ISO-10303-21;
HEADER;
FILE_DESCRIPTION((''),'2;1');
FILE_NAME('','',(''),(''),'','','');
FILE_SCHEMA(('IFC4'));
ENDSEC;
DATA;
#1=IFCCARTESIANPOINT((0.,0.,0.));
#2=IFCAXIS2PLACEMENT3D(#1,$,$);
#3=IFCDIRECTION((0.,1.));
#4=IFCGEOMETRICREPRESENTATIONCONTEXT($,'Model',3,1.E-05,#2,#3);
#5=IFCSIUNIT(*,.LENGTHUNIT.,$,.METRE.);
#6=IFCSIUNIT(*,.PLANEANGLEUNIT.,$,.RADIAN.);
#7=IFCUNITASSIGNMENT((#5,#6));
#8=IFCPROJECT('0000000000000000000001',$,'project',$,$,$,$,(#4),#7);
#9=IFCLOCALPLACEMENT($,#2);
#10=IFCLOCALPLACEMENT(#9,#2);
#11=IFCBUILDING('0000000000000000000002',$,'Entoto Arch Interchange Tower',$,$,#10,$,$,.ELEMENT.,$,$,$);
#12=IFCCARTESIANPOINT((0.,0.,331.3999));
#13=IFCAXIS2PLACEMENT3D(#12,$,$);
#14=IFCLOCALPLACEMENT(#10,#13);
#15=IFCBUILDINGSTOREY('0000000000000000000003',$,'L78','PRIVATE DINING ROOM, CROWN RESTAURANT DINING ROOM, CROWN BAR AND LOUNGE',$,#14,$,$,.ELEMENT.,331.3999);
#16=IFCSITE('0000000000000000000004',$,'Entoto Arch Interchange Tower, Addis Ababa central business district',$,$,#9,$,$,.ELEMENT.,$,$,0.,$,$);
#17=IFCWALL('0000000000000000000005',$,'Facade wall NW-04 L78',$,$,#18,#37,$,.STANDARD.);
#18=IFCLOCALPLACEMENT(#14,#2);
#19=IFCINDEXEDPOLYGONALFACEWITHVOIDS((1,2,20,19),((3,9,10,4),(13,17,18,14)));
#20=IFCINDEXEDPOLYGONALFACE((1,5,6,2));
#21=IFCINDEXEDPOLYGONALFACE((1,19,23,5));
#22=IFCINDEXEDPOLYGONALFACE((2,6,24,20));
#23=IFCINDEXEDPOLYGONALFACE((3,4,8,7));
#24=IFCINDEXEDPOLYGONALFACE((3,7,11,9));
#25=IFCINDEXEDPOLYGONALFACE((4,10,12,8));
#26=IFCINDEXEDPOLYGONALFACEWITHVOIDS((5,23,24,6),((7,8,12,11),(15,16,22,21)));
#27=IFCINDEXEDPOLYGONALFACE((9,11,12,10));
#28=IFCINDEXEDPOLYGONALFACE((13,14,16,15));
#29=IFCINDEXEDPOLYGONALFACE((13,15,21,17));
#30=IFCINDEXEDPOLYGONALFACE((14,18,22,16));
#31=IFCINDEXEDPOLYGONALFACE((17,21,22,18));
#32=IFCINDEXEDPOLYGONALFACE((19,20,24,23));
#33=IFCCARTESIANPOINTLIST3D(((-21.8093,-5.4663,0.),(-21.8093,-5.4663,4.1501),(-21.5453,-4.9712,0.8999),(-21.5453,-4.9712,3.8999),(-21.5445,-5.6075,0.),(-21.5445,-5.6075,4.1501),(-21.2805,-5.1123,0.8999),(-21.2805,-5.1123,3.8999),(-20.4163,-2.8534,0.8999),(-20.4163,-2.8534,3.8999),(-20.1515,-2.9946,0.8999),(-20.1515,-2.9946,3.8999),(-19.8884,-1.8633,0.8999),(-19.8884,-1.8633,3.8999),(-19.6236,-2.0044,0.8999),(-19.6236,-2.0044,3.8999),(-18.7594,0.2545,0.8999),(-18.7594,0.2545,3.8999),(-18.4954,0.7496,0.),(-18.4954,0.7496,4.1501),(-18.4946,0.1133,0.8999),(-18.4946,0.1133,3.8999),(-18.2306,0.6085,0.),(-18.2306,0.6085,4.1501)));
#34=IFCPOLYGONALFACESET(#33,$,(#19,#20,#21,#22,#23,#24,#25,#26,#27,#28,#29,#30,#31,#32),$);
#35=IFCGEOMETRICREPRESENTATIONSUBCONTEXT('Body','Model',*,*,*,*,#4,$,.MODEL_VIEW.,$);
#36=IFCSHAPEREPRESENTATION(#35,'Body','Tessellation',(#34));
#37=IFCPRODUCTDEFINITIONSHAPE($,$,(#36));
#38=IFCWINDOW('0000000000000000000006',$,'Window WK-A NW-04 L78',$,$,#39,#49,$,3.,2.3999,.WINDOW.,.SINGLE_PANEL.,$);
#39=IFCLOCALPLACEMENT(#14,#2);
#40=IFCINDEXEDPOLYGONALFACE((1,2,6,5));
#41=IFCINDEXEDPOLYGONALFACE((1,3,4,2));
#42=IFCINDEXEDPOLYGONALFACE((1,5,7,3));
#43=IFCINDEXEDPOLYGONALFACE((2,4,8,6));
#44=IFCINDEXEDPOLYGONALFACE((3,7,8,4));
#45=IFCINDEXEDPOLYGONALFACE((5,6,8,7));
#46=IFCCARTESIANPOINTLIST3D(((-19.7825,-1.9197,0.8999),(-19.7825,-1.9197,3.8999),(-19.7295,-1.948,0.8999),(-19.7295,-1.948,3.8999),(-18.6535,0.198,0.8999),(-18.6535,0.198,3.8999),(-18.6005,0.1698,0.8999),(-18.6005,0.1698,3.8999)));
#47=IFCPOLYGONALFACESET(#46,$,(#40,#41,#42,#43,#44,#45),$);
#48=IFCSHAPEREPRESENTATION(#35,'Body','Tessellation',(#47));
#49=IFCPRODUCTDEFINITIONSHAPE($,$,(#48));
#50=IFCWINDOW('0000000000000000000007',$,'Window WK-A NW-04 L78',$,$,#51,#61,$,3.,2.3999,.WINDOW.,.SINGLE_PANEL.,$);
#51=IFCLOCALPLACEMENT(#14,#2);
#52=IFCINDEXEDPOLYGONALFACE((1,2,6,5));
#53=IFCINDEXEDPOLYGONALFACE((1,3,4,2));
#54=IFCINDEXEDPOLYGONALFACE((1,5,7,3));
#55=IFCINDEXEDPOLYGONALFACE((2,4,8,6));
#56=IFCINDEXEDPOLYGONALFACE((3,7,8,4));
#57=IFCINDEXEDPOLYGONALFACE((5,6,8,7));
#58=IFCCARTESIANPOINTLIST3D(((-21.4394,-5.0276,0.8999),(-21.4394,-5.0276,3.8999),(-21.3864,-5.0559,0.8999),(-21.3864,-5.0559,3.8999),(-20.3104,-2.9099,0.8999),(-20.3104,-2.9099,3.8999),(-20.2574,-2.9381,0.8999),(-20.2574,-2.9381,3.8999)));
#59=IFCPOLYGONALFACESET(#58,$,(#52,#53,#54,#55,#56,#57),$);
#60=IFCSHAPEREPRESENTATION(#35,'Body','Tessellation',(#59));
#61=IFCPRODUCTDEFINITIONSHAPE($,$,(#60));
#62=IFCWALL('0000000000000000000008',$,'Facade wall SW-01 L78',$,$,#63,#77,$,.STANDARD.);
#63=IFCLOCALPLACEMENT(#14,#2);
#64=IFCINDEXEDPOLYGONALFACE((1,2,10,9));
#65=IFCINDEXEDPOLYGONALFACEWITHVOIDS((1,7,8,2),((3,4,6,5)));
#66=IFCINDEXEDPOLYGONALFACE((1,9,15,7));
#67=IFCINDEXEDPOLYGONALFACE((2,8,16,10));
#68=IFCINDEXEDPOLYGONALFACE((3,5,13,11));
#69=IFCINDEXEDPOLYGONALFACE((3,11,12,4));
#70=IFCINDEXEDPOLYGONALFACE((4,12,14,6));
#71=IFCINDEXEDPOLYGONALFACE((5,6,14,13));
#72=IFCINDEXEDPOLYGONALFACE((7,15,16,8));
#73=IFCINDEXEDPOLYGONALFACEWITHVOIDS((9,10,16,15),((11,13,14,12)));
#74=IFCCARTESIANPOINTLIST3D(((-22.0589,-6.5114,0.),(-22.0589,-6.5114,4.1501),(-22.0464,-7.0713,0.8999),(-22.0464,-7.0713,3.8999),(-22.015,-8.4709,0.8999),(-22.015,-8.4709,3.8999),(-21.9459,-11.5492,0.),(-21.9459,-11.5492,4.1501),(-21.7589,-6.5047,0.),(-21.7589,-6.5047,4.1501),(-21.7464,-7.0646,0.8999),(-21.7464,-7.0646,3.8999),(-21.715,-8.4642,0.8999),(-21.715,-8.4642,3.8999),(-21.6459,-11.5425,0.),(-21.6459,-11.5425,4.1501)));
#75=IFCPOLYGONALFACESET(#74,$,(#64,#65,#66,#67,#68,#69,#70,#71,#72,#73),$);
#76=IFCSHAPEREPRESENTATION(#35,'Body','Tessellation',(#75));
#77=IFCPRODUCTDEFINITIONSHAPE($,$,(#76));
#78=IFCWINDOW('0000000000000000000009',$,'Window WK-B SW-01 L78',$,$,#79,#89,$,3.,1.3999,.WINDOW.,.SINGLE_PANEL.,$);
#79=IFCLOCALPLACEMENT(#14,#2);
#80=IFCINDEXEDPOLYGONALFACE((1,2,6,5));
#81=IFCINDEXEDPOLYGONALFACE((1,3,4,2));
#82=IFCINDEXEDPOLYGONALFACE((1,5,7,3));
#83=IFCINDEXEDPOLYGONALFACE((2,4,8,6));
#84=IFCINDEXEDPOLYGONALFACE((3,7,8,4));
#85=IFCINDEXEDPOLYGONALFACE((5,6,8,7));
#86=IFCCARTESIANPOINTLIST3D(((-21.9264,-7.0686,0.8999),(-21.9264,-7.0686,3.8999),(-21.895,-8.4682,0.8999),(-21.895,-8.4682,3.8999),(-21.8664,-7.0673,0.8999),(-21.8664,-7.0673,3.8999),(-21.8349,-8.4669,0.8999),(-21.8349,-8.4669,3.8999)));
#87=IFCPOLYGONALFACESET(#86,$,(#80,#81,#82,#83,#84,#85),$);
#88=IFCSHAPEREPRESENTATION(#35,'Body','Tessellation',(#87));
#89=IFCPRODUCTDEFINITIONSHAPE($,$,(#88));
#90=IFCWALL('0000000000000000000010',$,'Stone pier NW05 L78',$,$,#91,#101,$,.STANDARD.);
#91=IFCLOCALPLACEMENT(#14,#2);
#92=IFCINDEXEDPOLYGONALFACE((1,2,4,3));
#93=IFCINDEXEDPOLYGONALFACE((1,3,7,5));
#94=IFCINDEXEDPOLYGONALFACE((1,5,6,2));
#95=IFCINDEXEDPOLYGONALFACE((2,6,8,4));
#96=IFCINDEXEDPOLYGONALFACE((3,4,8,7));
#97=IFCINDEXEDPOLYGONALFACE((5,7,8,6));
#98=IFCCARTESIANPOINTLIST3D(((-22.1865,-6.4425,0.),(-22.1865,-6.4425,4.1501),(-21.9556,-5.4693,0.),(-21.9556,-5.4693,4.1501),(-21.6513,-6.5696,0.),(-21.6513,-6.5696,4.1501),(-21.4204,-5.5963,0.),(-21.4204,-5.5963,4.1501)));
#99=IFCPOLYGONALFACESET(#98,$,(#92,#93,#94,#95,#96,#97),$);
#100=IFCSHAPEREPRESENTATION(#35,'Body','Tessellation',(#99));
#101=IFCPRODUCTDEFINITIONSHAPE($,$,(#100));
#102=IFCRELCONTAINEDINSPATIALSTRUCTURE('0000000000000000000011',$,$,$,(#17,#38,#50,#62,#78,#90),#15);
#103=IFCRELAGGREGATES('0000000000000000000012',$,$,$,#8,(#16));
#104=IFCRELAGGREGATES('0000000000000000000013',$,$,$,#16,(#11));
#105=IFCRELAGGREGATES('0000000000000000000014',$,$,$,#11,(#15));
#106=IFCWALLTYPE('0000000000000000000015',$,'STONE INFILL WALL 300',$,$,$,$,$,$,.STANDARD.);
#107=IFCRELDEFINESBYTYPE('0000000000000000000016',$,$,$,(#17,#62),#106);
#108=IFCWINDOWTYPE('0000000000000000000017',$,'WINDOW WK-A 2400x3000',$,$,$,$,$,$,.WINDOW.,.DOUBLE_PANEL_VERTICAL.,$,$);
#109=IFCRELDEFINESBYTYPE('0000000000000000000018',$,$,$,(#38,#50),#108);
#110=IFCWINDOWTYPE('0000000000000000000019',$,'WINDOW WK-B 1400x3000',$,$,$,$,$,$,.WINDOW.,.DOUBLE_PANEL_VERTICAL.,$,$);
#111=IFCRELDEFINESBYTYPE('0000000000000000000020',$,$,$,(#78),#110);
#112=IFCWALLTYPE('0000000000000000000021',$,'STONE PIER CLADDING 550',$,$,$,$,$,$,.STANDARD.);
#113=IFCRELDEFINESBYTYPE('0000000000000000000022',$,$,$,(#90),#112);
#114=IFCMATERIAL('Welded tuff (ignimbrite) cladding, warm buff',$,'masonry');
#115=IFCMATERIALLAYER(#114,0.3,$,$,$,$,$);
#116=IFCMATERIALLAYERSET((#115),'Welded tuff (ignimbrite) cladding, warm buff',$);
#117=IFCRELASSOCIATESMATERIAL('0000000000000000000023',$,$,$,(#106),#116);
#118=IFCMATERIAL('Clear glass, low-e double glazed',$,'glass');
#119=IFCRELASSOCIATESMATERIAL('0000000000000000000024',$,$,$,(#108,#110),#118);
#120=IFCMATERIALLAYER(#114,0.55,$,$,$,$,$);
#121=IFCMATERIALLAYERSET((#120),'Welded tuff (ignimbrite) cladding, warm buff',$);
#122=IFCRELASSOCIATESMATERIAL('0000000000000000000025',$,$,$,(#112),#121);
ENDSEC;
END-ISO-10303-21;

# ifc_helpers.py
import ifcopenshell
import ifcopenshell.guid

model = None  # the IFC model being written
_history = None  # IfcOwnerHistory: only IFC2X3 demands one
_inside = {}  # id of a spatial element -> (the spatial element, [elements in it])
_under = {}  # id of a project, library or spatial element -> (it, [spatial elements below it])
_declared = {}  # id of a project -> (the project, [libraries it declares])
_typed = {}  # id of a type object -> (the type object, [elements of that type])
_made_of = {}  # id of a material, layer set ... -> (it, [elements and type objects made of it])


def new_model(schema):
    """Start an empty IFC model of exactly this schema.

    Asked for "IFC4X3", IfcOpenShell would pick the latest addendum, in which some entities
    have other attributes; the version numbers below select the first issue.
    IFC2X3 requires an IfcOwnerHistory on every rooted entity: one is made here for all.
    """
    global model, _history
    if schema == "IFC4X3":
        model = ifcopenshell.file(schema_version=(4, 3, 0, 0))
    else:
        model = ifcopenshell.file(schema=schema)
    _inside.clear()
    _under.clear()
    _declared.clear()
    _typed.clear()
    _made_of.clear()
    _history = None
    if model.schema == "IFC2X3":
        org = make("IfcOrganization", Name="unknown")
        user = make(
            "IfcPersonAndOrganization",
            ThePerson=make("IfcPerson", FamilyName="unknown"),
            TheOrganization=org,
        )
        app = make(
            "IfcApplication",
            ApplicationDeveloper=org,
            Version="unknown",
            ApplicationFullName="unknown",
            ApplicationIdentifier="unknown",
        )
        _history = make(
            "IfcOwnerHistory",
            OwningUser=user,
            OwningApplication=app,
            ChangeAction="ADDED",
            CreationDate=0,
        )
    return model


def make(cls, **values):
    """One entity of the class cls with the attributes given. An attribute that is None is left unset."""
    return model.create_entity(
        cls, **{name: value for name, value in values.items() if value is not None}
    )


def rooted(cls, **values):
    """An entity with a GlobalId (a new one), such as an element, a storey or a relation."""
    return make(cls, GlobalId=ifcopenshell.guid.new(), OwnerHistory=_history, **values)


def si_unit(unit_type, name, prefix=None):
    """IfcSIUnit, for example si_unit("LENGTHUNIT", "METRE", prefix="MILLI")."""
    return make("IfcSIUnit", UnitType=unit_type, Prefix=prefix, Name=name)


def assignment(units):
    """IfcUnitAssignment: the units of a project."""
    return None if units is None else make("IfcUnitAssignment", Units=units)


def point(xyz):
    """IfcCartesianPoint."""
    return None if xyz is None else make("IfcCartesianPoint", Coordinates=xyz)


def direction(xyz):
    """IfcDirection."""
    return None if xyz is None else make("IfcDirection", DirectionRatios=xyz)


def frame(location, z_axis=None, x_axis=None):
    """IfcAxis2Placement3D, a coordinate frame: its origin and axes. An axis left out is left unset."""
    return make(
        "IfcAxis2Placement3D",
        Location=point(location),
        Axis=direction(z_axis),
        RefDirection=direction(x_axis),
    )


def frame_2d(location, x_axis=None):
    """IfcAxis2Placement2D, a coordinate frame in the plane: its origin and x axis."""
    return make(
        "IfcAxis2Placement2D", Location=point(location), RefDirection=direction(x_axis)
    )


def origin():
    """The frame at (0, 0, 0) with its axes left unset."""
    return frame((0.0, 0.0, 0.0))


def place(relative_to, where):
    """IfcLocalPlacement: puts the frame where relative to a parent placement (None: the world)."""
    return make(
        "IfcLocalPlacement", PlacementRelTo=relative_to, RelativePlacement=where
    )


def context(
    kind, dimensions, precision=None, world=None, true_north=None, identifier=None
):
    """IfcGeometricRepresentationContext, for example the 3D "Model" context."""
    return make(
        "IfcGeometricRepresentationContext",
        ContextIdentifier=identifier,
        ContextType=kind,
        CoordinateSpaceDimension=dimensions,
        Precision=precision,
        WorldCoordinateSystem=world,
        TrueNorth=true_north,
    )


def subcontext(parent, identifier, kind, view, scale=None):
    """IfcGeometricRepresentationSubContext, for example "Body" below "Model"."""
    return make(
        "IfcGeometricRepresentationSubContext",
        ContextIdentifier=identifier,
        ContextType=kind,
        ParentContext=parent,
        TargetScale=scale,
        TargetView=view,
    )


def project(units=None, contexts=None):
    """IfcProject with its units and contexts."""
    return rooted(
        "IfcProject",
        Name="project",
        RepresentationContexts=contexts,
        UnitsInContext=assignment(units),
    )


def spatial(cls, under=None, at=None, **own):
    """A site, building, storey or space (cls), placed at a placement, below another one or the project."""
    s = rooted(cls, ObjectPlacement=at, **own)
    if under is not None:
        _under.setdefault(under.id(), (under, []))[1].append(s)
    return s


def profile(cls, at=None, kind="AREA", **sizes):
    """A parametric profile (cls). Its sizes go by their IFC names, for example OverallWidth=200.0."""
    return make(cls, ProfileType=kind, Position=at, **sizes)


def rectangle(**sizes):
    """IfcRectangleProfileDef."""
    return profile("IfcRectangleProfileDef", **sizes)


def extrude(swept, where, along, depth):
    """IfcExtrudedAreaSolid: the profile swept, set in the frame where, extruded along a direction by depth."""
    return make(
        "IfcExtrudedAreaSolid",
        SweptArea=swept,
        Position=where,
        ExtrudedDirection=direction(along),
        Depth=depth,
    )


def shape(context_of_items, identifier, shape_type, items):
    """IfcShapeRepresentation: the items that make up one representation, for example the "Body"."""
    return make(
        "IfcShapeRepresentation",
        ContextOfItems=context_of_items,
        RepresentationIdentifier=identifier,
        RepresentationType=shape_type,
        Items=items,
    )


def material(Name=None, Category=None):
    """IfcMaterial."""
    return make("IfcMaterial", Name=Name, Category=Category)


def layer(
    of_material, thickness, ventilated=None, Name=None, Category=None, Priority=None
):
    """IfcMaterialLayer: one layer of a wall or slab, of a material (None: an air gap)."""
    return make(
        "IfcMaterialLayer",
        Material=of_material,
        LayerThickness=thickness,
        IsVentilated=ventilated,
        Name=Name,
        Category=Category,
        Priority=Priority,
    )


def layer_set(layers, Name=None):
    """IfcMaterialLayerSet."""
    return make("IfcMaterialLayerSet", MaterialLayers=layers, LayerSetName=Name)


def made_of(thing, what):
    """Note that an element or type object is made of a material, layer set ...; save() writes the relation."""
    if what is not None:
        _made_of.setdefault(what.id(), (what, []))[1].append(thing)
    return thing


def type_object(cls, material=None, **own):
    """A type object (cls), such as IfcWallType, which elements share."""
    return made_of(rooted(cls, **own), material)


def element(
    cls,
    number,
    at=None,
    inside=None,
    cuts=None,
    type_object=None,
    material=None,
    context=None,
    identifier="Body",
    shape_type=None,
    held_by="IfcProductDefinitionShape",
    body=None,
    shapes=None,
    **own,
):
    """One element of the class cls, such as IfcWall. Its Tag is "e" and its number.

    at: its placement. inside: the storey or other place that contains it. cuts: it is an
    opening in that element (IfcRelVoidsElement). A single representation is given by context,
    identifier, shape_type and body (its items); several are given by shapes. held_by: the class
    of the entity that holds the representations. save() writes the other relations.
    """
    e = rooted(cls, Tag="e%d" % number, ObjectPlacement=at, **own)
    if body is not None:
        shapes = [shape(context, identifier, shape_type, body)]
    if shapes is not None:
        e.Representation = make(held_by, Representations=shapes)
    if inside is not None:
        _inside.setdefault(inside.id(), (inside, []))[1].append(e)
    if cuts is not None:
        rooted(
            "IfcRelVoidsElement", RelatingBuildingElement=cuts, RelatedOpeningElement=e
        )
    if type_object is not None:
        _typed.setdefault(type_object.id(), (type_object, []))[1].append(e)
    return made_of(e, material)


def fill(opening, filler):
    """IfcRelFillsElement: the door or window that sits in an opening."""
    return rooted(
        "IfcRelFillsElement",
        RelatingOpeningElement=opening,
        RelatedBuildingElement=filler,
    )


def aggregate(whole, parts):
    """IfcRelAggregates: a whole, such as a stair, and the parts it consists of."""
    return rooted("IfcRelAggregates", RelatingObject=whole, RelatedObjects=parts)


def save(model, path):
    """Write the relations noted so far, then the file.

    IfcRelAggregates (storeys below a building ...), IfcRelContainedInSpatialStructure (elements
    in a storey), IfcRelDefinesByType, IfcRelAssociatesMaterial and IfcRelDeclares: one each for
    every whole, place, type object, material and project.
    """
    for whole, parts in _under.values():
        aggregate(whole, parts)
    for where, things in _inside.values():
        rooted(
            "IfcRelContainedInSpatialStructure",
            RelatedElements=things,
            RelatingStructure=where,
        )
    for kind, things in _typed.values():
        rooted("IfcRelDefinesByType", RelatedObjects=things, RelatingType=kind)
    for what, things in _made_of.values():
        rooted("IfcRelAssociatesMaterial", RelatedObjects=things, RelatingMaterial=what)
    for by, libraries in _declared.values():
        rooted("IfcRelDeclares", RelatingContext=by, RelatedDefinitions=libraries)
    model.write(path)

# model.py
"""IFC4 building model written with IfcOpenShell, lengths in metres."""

from ifc_helpers import new_model, si_unit, direction, frame, frame_2d, origin, place, context, subcontext, project, spatial, rectangle, extrude, material, layer, layer_set, type_object, element, fill, save


model = new_model("IFC4")

# Units and contexts
model_context = context("Model", 3, precision=1e-05, world=origin(), true_north=direction((0.0, 1.0)))
body_context = subcontext(model_context, "Body", "Model", "MODEL_VIEW")
ifc_project = project(units=[si_unit("LENGTHUNIT", "METRE"), si_unit("PLANEANGLEUNIT", "RADIAN")], contexts=[model_context])

# Site, building, storey
site_placement = place(None, origin())
site = spatial("IfcSite", under=ifc_project, at=site_placement, Name="Entoto Arch Interchange Tower, Addis Ababa central business district", CompositionType="ELEMENT", RefElevation=0.0)
building_placement = place(site_placement, origin())
building = spatial("IfcBuilding", under=site, at=building_placement, Name="Entoto Arch Interchange Tower", CompositionType="ELEMENT")
storey_placement = place(building_placement, frame((0.0, 0.0, 331.3999)))
storey = spatial("IfcBuildingStorey", under=building, at=storey_placement, Name="L78", Description="PRIVATE DINING ROOM, CROWN RESTAURANT DINING ROOM, CROWN BAR AND LOUNGE", CompositionType="ELEMENT", Elevation=331.3999)

# Wall, openings, windows
ifc_material_1 = material(Name="Welded tuff (ignimbrite) cladding, warm buff", Category="masonry")
ifc_layer_1 = layer(ifc_material_1, 0.3)
ifc_layer_set_1 = layer_set([ifc_layer_1], Name="Welded tuff (ignimbrite) cladding, warm buff")
wall_type_1 = type_object("IfcWallType", Name="STONE INFILL WALL 300", PredefinedType="STANDARD", material=ifc_layer_set_1)
wall_1_placement = place(storey_placement, frame((-18.363, 0.679, 0.0), z_axis=(0.0, 0.0, 1.0), x_axis=(-0.470448, -0.882428, 0.0)))
wall_1 = element("IfcWall", 1, at=wall_1_placement, inside=storey, type_object=wall_type_1, Name="Facade wall NW-04 L78", PredefinedType="STANDARD", context=body_context, shape_type="SweptSolid", body=[
    extrude(rectangle(XDim=7.0442, YDim=0.3, at=frame_2d((3.522, 0.0))), origin(), (0.0, 0.0, 1.0), 4.1501),
])
opening_1_placement = place(wall_1_placement, frame((0.561, 0.0, 0.8999)))
opening_1 = element("IfcOpeningElement", 2, at=opening_1_placement, cuts=wall_1, PredefinedType="OPENING", context=body_context, shape_type="SweptSolid", body=[
    extrude(rectangle(XDim=2.3999, YDim=3.0, at=frame_2d((1.2, 1.5))), frame((0.0, 0.1602, 0.0), z_axis=(0.0, -1.0, 0.0), x_axis=(1.0, 0.0, 0.0)), (0.0, 0.0, 1.0), 0.3201),
])
opening_2_placement = place(wall_1_placement, frame((4.083, 0.0, 0.8999)))
opening_2 = element("IfcOpeningElement", 3, at=opening_2_placement, cuts=wall_1, PredefinedType="OPENING", context=body_context, shape_type="SweptSolid", body=[
    extrude(rectangle(XDim=2.3999, YDim=3.0, at=frame_2d((1.2, 1.5))), frame((0.0, 0.1602, 0.0), z_axis=(0.0, -1.0, 0.0), x_axis=(1.0, 0.0, 0.0)), (0.0, 0.0, 1.0), 0.3201),
])
ifc_material_2 = material(Name="Clear glass, low-e double glazed", Category="glass")
window_type_1 = type_object("IfcWindowType", Name="WINDOW WK-A 2400x3000", PartitioningType="DOUBLE_PANEL_VERTICAL", PredefinedType="WINDOW", material=ifc_material_2)
window_1_placement = place(opening_1_placement, origin())
window_1 = element("IfcWindow", 4, at=window_1_placement, inside=storey, type_object=window_type_1, Name="Window WK-A NW-04 L78", OverallHeight=3.0, OverallWidth=2.3999, PartitioningType="SINGLE_PANEL", PredefinedType="WINDOW", context=body_context, shape_type="SweptSolid", body=[
    extrude(rectangle(XDim=2.3999, YDim=3.0, at=frame_2d((1.2, 1.5))), frame((0.0, 0.03, 0.0), z_axis=(0.0, -1.0, 0.0), x_axis=(1.0, 0.0, 0.0)), (0.0, 0.0, 1.0), 0.0601),
])
fill(opening_1, window_1)
window_2_placement = place(opening_2_placement, origin())
window_2 = element("IfcWindow", 5, at=window_2_placement, inside=storey, type_object=window_type_1, Name="Window WK-A NW-04 L78", OverallHeight=3.0, OverallWidth=2.3999, PartitioningType="SINGLE_PANEL", PredefinedType="WINDOW", context=body_context, shape_type="SweptSolid", body=[
    extrude(rectangle(XDim=2.3999, YDim=3.0, at=frame_2d((1.2, 1.5))), frame((0.0, 0.03, 0.0), z_axis=(0.0, -1.0, 0.0), x_axis=(1.0, 0.0, 0.0)), (0.0, 0.0, 1.0), 0.0601),
])
fill(opening_2, window_2)

# Wall, opening, window
wall_2_placement = place(storey_placement, frame((-21.9089, -6.5081, 0.0), z_axis=(0.0, 0.0, 1.0), x_axis=(0.022432, -0.999748, 0.0)))
wall_2 = element("IfcWall", 6, at=wall_2_placement, inside=storey, type_object=wall_type_1, Name="Facade wall SW-01 L78", PredefinedType="STANDARD", context=body_context, shape_type="SweptSolid", body=[
    extrude(rectangle(XDim=5.0391, YDim=0.3, at=frame_2d((2.5195, 0.0))), origin(), (0.0, 0.0, 1.0), 4.1501),
])
opening_3_placement = place(wall_2_placement, frame((0.5601, 0.0, 0.8999)))
opening_3 = element("IfcOpeningElement", 7, at=opening_3_placement, cuts=wall_2, PredefinedType="OPENING", context=body_context, shape_type="SweptSolid", body=[
    extrude(rectangle(XDim=1.3999, YDim=3.0, at=frame_2d((0.7, 1.5))), frame((0.0, 0.1602, 0.0), z_axis=(0.0, -1.0, 0.0), x_axis=(1.0, 0.0, 0.0)), (0.0, 0.0, 1.0), 0.3201),
])
window_type_2 = type_object("IfcWindowType", Name="WINDOW WK-B 1400x3000", PartitioningType="DOUBLE_PANEL_VERTICAL", PredefinedType="WINDOW", material=ifc_material_2)
window_3_placement = place(opening_3_placement, origin())
window_3 = element("IfcWindow", 8, at=window_3_placement, inside=storey, type_object=window_type_2, Name="Window WK-B SW-01 L78", OverallHeight=3.0, OverallWidth=1.3999, PartitioningType="SINGLE_PANEL", PredefinedType="WINDOW", context=body_context, shape_type="SweptSolid", body=[
    extrude(rectangle(XDim=1.3999, YDim=3.0, at=frame_2d((0.7, 1.5))), frame((0.0, 0.03, 0.0), z_axis=(0.0, -1.0, 0.0), x_axis=(1.0, 0.0, 0.0)), (0.0, 0.0, 1.0), 0.0601),
])
fill(opening_3, window_3)

# Wall
ifc_layer_2 = layer(ifc_material_1, 0.55)
ifc_layer_set_2 = layer_set([ifc_layer_2], Name="Welded tuff (ignimbrite) cladding, warm buff")
wall_type_2 = type_object("IfcWallType", Name="STONE PIER CLADDING 550", PredefinedType="STANDARD", material=ifc_layer_set_2)
wall_3_placement = place(storey_placement, frame((-21.688, -5.533, 0.0), z_axis=(0.0, 0.0, 1.0), x_axis=(-0.230916, -0.972974, 0.0)))
element("IfcWall", 9, at=wall_3_placement, inside=storey, type_object=wall_type_2, Name="Stone pier NW05 L78", PredefinedType="STANDARD", context=body_context, shape_type="SweptSolid", body=[
    extrude(rectangle(XDim=1.0002, YDim=0.55, at=frame_2d((0.5, 0.0))), origin(), (0.0, 0.0, 1.0), 4.1501),
])

save(model, "model.ifc")
